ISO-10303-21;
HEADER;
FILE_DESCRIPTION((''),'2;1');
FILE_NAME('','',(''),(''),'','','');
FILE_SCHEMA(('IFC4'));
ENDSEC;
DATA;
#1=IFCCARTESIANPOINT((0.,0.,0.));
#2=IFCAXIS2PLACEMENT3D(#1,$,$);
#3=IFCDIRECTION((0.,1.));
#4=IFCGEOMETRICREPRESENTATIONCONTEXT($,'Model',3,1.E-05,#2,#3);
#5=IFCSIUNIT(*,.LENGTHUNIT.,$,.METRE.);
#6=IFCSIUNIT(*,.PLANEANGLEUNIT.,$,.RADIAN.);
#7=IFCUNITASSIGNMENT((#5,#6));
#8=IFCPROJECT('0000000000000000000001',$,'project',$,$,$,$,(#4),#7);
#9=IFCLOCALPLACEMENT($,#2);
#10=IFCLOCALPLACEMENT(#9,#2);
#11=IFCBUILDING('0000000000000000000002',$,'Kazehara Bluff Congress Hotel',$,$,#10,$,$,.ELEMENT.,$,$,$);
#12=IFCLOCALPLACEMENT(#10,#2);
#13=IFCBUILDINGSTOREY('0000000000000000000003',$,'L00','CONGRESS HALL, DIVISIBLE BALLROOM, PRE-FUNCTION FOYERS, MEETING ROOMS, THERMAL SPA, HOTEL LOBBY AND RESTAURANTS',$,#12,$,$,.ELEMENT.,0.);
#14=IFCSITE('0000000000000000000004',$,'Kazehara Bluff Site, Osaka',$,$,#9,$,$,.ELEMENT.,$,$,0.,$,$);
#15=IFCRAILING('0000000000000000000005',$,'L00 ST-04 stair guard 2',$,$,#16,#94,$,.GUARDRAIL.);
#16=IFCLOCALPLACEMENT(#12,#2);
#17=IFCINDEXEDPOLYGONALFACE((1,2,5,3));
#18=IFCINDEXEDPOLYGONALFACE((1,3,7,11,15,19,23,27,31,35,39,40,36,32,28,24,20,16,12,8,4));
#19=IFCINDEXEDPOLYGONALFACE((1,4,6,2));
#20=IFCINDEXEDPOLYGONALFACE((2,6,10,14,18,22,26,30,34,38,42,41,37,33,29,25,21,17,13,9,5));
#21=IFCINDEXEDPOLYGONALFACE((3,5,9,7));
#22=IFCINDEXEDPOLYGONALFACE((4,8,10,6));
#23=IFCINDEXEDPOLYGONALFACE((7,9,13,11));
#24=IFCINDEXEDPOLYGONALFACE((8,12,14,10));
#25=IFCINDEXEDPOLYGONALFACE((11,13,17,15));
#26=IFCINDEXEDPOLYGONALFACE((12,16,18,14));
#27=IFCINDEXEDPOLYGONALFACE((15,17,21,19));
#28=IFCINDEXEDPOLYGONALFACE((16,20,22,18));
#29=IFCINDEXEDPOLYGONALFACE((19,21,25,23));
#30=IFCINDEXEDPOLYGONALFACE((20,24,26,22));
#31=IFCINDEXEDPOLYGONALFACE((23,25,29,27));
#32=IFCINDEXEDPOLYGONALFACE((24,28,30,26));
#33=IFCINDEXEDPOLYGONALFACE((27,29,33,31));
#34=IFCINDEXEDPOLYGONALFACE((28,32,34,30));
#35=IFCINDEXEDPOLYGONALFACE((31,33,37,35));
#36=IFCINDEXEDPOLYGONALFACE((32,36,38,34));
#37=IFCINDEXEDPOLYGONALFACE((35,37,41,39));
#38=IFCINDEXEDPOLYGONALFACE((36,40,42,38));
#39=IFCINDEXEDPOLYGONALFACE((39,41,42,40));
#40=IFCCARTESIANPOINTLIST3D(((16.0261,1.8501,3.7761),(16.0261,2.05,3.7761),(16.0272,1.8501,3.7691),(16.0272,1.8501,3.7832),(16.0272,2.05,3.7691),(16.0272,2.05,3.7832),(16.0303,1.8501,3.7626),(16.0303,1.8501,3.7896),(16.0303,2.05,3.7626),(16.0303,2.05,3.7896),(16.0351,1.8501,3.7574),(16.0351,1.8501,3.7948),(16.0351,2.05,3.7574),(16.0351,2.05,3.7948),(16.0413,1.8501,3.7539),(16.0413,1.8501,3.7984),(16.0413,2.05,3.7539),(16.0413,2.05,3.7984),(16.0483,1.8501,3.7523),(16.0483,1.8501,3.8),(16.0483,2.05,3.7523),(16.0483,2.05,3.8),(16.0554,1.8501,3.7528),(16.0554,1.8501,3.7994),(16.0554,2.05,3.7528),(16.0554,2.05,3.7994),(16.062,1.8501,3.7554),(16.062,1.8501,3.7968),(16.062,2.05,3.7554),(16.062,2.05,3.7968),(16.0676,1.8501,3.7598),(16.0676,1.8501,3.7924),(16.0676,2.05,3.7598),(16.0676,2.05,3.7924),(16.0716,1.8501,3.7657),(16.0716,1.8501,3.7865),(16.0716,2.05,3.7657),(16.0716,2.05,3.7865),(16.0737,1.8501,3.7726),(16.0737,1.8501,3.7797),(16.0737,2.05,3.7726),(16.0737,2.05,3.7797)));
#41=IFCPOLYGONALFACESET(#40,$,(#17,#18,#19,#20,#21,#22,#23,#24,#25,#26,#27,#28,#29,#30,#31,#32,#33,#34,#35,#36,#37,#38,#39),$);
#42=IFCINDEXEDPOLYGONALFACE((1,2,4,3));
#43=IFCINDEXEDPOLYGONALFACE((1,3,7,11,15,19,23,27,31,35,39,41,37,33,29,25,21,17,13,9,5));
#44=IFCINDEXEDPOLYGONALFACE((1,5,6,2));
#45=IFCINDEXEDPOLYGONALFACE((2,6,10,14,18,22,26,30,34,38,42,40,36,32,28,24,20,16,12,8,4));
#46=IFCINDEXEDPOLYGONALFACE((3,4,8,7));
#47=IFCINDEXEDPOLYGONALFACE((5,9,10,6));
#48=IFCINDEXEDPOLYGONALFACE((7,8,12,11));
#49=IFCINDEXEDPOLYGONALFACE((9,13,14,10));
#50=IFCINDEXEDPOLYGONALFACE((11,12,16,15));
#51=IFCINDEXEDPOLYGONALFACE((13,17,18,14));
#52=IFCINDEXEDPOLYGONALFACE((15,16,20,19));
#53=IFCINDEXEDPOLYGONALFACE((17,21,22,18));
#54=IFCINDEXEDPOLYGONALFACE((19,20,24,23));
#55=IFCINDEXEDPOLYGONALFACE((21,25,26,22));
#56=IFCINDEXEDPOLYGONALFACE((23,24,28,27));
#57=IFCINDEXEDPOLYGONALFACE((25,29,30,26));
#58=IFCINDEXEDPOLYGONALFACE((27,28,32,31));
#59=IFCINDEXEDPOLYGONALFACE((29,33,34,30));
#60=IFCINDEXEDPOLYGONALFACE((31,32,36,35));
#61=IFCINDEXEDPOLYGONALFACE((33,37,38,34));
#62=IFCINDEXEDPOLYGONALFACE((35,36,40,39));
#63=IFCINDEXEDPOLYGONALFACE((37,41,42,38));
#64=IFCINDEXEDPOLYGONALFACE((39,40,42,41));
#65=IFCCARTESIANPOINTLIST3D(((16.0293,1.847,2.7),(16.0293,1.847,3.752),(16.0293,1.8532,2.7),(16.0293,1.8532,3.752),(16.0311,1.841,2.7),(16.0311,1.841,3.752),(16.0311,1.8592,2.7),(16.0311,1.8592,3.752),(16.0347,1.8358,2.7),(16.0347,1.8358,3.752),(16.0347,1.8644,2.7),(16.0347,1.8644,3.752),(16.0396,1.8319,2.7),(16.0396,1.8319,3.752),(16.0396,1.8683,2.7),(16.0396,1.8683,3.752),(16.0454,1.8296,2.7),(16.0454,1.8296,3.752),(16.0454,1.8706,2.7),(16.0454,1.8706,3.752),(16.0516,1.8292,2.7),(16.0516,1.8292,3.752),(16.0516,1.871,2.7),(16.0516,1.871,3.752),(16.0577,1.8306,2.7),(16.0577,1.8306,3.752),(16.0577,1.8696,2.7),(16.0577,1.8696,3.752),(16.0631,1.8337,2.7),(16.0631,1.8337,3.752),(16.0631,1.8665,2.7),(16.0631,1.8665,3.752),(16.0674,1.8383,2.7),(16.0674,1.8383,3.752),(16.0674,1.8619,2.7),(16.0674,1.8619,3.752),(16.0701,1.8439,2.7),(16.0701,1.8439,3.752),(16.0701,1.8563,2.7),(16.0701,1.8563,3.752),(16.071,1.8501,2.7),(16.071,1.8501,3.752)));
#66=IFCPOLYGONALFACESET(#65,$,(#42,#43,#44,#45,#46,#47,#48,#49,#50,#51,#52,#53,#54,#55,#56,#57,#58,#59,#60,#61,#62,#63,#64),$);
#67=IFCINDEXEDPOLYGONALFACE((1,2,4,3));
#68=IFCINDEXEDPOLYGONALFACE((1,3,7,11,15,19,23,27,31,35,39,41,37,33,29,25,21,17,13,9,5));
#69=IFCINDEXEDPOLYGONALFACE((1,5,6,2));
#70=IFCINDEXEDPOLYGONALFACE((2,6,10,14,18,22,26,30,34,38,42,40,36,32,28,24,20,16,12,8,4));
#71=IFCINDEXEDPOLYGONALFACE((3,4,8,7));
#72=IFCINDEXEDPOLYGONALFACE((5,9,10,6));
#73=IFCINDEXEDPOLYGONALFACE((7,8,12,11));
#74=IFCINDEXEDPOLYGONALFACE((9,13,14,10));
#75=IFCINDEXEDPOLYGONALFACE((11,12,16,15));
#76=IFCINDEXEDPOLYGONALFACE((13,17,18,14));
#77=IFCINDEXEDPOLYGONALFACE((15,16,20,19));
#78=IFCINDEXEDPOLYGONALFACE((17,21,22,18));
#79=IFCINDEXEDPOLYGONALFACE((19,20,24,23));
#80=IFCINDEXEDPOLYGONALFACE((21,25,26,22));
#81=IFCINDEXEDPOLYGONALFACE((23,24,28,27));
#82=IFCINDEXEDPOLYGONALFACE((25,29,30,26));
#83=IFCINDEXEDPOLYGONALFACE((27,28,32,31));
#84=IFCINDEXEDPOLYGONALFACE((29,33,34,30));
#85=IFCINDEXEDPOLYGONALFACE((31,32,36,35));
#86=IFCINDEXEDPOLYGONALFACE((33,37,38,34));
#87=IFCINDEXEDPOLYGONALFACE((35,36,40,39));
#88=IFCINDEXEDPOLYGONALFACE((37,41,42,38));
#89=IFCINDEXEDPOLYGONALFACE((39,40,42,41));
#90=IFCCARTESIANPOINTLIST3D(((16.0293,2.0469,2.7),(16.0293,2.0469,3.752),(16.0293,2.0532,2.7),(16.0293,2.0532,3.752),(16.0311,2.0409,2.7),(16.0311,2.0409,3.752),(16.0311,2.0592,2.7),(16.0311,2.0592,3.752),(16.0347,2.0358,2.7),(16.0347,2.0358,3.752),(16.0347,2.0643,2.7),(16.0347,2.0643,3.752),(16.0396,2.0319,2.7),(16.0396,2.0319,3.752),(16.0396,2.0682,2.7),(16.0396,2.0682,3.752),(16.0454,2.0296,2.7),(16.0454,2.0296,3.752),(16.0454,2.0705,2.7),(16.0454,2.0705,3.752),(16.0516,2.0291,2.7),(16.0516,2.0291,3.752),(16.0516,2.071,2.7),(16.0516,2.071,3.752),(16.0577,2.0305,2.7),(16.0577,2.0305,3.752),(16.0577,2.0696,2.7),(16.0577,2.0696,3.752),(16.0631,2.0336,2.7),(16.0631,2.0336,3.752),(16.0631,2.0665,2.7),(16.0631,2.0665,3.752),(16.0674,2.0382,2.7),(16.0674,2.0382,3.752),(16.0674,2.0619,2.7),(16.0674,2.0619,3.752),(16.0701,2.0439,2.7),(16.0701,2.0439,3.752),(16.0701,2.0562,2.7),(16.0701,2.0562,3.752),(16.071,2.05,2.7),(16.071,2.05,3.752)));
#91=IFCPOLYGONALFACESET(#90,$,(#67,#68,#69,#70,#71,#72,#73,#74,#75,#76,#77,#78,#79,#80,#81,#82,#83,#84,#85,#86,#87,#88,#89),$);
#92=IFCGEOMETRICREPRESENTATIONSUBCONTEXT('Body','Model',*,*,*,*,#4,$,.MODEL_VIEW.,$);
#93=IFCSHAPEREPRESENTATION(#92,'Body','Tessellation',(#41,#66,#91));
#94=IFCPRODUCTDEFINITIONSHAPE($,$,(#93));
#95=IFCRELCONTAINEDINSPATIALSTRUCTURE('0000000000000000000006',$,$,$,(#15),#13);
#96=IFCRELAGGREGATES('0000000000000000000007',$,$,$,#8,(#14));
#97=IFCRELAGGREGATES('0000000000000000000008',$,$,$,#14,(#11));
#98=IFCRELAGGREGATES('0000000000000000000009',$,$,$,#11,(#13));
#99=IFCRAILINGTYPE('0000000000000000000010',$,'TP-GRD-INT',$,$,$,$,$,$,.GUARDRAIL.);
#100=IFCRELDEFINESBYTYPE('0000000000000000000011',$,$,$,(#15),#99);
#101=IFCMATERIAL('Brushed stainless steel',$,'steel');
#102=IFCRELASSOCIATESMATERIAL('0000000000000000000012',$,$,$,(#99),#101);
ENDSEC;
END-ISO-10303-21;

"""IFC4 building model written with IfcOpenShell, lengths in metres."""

from ifc_helpers import new_model, si_unit, direction, frame, origin, origin_2d, place, context, subcontext, project, spatial, circle, extrude, material, type_object, element, save


model = new_model("IFC4")

# Units and contexts
model_context = context("Model", 3, precision=1e-05, world=origin(), true_north=direction((0.0, 1.0)))
body_context = subcontext(model_context, "Body", "Model", "MODEL_VIEW")
ifc_project = project(units=[si_unit("LENGTHUNIT", "METRE"), si_unit("PLANEANGLEUNIT", "RADIAN")], contexts=[model_context])

# Site, building, storey
site_placement = place(None, origin())
site = spatial("IfcSite", under=ifc_project, at=site_placement, Name="Kazehara Bluff Site, Osaka", CompositionType="ELEMENT", RefElevation=0.0)
building_placement = place(site_placement, origin())
building = spatial("IfcBuilding", under=site, at=building_placement, Name="Kazehara Bluff Congress Hotel", CompositionType="ELEMENT")
storey_placement = place(building_placement, origin())
storey = spatial("IfcBuildingStorey", under=building, at=storey_placement, Name="L00", Description="CONGRESS HALL, DIVISIBLE BALLROOM, PRE-FUNCTION FOYERS, MEETING ROOMS, THERMAL SPA, HOTEL LOBBY AND RESTAURANTS", CompositionType="ELEMENT", Elevation=0.0)

# Railing
ifc_material_1 = material(Name="Brushed stainless steel", Category="steel")
railing_type_1 = type_object("IfcRailingType", Name="TP-GRD-INT", PredefinedType="GUARDRAIL", material=ifc_material_1)
railing_1_placement = place(storey_placement, frame((16.05, 1.8501, 2.7)))
element("IfcRailing", 1, at=railing_1_placement, inside=storey, type_object=railing_type_1, Name="L00 ST-04 stair guard 2", PredefinedType="GUARDRAIL", context=body_context, shape_type="SweptSolid", body=[
    extrude(circle(Radius=0.0239, at=origin_2d()), frame((0.0, 0.0, 1.0762), z_axis=(0.0, 1.0, 0.0), x_axis=(-1.0, 0.0, 0.0)), (0.0, 0.0, 1.0), 0.2),
    extrude(circle(Radius=0.021, at=origin_2d()), origin(), (0.0, 0.0, 1.0), 1.052),
    extrude(circle(Radius=0.021, at=origin_2d()), frame((0.0, 0.2, 0.0)), (0.0, 0.0, 1.0), 1.052),
])

save(model, "model.ifc")
